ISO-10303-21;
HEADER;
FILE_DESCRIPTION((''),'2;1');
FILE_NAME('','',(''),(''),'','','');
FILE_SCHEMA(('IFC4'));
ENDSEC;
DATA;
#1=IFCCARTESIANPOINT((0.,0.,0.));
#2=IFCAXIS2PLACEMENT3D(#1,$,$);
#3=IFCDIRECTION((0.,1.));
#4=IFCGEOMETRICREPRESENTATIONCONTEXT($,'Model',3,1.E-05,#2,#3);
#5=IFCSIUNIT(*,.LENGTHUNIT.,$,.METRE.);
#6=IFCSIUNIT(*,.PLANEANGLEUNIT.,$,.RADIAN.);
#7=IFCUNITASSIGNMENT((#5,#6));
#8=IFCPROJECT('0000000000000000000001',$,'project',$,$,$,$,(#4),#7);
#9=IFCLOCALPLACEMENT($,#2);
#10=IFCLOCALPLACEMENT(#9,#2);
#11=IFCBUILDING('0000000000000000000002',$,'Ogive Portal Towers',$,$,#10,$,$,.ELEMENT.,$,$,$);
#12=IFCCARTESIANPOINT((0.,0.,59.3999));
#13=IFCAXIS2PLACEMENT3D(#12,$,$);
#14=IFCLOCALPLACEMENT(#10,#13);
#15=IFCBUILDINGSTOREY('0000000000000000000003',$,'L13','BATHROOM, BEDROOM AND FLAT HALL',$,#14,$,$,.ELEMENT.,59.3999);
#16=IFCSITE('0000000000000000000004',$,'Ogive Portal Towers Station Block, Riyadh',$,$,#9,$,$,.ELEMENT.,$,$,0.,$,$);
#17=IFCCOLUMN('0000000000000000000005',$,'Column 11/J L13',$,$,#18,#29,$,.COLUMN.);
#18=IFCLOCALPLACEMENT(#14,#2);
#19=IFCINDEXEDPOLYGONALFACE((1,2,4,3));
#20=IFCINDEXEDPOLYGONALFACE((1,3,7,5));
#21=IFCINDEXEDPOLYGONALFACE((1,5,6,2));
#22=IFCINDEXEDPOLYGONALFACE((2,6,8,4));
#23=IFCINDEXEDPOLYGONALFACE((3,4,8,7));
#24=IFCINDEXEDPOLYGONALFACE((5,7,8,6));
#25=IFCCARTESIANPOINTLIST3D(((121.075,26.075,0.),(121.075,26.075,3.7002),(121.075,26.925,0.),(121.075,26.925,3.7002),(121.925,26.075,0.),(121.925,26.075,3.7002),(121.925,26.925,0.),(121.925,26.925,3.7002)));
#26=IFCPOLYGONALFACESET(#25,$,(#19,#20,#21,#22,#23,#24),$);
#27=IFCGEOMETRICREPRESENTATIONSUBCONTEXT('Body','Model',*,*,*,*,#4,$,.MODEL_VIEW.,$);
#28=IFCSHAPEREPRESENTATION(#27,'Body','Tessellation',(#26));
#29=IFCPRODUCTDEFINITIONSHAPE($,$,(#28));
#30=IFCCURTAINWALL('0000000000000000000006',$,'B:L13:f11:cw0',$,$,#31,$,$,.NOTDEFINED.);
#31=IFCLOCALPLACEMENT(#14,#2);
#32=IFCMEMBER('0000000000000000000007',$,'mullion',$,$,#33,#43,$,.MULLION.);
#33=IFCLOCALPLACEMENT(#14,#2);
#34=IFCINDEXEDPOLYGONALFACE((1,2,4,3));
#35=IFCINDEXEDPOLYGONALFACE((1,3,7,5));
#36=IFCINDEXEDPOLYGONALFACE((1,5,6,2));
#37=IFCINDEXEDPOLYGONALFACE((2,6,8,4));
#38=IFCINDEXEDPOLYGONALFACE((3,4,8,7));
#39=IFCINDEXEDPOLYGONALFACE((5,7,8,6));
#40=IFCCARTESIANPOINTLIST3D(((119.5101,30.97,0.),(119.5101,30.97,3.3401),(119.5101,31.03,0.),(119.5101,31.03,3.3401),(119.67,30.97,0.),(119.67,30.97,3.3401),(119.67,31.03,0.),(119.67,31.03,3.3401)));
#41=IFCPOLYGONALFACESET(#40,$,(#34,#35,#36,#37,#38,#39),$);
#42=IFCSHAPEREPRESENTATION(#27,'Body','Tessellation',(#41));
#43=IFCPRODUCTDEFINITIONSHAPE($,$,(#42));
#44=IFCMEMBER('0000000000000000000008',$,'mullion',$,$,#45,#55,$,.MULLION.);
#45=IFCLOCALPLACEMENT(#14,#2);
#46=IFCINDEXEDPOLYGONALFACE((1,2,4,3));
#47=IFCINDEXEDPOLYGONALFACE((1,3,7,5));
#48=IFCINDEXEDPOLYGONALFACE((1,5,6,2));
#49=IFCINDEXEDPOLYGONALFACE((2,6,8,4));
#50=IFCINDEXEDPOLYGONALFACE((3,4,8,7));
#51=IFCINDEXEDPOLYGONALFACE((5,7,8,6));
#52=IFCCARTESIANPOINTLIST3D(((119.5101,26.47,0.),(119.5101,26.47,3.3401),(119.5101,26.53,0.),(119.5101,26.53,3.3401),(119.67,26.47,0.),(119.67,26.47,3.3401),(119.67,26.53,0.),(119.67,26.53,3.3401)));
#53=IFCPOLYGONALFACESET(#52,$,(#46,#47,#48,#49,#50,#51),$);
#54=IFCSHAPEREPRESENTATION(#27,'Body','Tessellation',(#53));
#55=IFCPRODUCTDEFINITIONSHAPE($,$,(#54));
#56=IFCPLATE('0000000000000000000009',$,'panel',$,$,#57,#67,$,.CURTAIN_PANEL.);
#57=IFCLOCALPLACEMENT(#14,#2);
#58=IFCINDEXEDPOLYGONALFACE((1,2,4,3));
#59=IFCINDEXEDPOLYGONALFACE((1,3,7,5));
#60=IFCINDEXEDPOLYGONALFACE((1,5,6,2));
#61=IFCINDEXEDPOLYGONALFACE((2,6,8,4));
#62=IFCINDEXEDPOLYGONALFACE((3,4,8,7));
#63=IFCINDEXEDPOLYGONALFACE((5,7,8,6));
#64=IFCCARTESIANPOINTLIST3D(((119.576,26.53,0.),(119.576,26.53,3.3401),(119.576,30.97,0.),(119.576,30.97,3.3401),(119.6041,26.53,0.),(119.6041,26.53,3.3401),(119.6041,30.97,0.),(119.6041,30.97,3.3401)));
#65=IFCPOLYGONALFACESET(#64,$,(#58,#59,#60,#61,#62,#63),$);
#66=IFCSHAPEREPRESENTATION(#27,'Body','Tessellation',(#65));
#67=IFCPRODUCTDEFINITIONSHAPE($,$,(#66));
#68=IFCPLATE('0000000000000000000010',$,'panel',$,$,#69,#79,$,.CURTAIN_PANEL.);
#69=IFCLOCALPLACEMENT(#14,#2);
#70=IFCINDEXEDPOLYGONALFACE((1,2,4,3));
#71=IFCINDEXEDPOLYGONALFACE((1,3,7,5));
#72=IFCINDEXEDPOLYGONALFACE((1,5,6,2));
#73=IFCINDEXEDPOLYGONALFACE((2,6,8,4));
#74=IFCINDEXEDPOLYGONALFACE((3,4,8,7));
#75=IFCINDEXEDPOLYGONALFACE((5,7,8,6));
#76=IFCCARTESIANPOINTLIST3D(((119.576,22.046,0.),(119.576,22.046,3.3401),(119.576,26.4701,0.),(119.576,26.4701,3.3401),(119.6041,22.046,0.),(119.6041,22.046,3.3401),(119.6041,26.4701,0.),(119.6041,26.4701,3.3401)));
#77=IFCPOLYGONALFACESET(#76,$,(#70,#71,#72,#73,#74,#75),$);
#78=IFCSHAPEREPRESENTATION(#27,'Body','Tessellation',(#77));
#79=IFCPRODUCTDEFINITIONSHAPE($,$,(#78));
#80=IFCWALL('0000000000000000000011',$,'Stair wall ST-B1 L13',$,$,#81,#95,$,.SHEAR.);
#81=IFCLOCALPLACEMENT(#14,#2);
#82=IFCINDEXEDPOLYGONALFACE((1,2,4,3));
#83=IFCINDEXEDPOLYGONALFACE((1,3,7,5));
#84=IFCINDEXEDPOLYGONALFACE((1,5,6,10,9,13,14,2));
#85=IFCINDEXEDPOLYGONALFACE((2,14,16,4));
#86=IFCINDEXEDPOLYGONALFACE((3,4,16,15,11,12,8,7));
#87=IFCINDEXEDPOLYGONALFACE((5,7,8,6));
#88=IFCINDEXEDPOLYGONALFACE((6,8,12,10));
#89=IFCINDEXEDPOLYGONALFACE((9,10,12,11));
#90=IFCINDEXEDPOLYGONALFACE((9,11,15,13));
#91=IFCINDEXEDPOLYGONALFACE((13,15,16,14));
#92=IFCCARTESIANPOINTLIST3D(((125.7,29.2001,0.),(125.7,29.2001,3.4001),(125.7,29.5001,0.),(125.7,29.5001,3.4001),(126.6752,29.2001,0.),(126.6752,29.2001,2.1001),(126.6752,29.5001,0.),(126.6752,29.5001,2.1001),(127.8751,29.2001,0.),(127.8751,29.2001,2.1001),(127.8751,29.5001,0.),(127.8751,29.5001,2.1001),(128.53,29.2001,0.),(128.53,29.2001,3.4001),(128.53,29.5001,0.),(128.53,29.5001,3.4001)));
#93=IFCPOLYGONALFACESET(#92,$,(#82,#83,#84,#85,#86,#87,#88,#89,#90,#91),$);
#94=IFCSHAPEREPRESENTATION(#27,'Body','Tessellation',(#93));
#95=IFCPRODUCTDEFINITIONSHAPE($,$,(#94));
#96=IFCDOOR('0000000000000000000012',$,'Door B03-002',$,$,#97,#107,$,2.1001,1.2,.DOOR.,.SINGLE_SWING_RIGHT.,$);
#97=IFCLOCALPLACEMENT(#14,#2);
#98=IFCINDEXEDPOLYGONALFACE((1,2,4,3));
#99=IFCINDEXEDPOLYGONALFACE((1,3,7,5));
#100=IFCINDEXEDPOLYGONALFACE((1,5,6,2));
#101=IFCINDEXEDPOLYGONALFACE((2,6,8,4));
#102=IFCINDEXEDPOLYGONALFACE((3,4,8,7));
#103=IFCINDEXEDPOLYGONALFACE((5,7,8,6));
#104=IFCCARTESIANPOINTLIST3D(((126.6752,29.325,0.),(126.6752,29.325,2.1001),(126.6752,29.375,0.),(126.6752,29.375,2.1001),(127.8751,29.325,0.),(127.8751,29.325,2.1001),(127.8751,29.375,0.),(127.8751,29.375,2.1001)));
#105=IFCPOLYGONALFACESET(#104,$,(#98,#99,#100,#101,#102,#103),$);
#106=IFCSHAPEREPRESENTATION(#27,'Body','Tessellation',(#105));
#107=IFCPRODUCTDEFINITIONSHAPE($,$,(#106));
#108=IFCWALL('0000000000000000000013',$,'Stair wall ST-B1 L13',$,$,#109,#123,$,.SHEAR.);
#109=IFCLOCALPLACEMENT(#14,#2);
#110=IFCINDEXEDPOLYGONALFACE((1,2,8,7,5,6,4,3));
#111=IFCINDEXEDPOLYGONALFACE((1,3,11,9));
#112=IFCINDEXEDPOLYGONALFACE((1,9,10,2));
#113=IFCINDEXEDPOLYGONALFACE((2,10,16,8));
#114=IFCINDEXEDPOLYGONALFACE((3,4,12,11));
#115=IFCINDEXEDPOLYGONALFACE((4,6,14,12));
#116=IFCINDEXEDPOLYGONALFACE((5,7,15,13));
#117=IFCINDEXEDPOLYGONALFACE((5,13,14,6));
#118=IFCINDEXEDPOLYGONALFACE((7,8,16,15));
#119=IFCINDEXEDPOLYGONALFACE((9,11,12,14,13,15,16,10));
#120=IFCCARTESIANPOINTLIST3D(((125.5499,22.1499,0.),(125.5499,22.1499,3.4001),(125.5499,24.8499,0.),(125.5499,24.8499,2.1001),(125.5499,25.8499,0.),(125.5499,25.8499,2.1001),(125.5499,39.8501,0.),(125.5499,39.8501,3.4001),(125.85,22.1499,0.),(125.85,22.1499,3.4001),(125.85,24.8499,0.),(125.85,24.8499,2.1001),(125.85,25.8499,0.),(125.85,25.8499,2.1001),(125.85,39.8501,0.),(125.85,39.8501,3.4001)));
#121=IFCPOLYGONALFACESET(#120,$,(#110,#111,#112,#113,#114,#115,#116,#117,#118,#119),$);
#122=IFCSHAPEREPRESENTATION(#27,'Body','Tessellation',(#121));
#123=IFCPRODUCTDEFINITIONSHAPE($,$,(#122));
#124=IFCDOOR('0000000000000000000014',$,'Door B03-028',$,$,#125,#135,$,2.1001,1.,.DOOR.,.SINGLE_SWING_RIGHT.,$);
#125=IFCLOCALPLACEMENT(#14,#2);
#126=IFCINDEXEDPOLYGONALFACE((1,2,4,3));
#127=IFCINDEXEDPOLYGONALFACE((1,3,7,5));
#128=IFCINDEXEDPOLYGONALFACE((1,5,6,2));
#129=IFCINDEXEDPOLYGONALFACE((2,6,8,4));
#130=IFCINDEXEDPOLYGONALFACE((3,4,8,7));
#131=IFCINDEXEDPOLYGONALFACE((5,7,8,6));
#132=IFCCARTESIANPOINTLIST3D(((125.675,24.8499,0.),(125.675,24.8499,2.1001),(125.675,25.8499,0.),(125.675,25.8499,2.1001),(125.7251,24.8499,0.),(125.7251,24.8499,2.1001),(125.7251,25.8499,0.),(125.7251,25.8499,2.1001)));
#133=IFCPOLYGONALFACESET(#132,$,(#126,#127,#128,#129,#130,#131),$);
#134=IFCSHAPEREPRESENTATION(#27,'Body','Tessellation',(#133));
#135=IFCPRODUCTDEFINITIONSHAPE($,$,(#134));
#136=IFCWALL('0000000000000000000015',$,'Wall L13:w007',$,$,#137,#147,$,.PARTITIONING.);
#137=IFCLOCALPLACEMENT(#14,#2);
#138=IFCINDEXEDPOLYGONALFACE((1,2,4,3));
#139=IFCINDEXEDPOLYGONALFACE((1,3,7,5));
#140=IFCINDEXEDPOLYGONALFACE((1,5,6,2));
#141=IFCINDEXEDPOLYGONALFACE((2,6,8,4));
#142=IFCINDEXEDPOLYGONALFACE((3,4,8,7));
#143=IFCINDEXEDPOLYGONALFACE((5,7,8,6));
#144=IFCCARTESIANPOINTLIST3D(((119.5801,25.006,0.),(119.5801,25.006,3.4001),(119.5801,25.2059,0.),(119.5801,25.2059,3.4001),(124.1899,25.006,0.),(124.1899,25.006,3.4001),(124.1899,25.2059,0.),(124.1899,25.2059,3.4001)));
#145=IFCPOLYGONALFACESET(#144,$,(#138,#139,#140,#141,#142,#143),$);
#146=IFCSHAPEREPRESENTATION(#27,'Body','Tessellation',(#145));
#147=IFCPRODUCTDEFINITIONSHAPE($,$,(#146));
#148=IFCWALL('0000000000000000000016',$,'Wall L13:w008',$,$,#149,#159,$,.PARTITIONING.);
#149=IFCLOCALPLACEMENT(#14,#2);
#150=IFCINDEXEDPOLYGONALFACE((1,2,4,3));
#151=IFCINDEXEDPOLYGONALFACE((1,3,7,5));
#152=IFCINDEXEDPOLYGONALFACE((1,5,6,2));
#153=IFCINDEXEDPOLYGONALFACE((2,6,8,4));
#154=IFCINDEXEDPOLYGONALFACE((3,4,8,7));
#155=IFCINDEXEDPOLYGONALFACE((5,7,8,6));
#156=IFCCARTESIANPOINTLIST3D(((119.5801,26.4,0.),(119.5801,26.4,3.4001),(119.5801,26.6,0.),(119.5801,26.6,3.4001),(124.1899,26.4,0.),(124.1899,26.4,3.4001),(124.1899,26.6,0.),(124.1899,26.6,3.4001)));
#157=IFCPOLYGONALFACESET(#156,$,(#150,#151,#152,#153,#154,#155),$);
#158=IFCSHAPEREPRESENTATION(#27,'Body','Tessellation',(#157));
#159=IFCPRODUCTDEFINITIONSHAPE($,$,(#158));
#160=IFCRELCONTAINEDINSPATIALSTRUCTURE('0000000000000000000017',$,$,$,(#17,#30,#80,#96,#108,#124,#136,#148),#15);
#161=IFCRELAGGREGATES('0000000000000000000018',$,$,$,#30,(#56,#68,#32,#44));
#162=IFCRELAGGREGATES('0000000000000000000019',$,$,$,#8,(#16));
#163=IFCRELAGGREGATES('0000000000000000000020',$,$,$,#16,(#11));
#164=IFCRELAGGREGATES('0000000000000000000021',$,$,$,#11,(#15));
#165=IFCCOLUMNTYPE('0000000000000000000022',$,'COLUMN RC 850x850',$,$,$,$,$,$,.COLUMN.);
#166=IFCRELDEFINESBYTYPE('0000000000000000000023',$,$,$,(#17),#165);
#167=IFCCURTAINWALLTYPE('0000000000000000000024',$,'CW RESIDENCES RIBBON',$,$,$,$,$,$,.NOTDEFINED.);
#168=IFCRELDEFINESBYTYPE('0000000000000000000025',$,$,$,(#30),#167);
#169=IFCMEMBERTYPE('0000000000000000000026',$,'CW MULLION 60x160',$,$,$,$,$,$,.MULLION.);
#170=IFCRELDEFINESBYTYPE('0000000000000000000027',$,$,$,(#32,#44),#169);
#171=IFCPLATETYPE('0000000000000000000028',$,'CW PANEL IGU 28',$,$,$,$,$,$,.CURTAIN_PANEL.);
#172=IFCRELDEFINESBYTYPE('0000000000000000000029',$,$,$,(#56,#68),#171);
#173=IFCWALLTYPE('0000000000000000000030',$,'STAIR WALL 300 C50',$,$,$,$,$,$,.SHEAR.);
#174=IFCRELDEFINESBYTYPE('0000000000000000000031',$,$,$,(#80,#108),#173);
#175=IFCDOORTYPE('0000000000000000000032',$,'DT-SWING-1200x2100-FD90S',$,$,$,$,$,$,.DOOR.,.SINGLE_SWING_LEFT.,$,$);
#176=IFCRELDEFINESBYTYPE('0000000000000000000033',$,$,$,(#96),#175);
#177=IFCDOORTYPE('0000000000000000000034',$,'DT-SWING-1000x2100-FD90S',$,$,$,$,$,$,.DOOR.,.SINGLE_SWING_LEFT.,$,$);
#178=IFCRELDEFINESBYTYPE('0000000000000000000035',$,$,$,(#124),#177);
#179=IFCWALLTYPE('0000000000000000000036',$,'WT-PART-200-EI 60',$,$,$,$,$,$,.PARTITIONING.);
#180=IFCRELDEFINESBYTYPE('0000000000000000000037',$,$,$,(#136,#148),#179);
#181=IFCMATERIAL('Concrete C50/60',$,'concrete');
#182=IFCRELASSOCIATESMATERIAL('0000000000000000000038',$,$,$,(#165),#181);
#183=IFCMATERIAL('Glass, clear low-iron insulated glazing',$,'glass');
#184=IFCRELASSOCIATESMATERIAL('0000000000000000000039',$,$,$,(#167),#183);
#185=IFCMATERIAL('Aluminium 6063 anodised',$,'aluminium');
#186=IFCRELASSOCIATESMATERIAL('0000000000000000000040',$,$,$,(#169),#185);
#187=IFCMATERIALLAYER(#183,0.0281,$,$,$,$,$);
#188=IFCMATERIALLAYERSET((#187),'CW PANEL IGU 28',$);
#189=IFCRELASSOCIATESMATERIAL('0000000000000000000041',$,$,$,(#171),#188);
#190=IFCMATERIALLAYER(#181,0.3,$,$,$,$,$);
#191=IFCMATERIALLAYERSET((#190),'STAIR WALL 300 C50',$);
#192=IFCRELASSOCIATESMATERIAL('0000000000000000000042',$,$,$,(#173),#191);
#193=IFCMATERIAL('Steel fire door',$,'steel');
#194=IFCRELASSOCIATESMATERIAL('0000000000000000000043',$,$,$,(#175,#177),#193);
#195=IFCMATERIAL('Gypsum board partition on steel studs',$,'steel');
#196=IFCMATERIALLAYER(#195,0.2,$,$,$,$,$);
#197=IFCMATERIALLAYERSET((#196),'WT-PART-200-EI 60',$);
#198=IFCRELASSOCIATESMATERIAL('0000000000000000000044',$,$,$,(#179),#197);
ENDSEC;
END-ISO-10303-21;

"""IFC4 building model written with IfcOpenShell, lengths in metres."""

from ifc_helpers import new_model, si_unit, direction, frame, frame_2d, origin, origin_2d, place, context, subcontext, project, spatial, rectangle, extrude, material, layer, layer_set, material_profile, profile_set, type_object, element, fill, aggregate, save


model = new_model("IFC4")

# Units and contexts
model_context = context("Model", 3, precision=1e-05, world=origin(), true_north=direction((0.0, 1.0)))
body_context = subcontext(model_context, "Body", "Model", "MODEL_VIEW")
ifc_project = project(units=[si_unit("LENGTHUNIT", "METRE"), si_unit("PLANEANGLEUNIT", "RADIAN")], contexts=[model_context])

# Site, building, storey
site_placement = place(None, origin())
site = spatial("IfcSite", under=ifc_project, at=site_placement, Name="Ogive Portal Towers Station Block, Riyadh", CompositionType="ELEMENT", RefElevation=0.0)
building_placement = place(site_placement, origin())
building = spatial("IfcBuilding", under=site, at=building_placement, Name="Ogive Portal Towers", CompositionType="ELEMENT")
storey_placement = place(building_placement, frame((0.0, 0.0, 59.3999)))
storey = spatial("IfcBuildingStorey", under=building, at=storey_placement, Name="L13", Description="BATHROOM, BEDROOM AND FLAT HALL", CompositionType="ELEMENT", Elevation=59.3999)

# Column
ifc_material_1 = material(Name="Concrete C50/60", Category="concrete")
ifc_material_profile_1 = material_profile(ifc_material_1, rectangle(XDim=0.8501, YDim=0.8501, at=origin_2d()), Name="RC 850x850")
ifc_profile_set_1 = profile_set([ifc_material_profile_1], Name="Concrete C50/60")
column_type = type_object("IfcColumnType", Name="COLUMN RC 850x850", PredefinedType="COLUMN", material=ifc_profile_set_1)
column_placement = place(storey_placement, frame((121.5, 26.5, 0.0), z_axis=(0.0, 0.0, 1.0), x_axis=(1.0, 0.0, 0.0)))
element("IfcColumn", 1, at=column_placement, inside=storey, type_object=column_type, Name="Column 11/J L13", PredefinedType="COLUMN", context=body_context, shape_type="SweptSolid", body=[
    extrude(rectangle(XDim=0.8501, YDim=0.8501, at=origin_2d()), origin(), (0.0, 0.0, 1.0), 3.7002),
])

# Curtain wall, members, plates
ifc_material_2 = material(Name="Glass, clear low-iron insulated glazing", Category="glass")
curtain_wall_type = type_object("IfcCurtainWallType", Name="CW RESIDENCES RIBBON", PredefinedType="NOTDEFINED", material=ifc_material_2)
curtain_wall_placement = place(storey_placement, origin())
curtain_wall = element("IfcCurtainWall", 2, at=curtain_wall_placement, inside=storey, type_object=curtain_wall_type, Name="B:L13:f11:cw0", PredefinedType="NOTDEFINED")
ifc_material_3 = material(Name="Aluminium 6063 anodised", Category="aluminium")
ifc_material_profile_2 = material_profile(ifc_material_3, rectangle(XDim=0.1599, YDim=0.0601, at=origin_2d()), Name="AL 60x160")
ifc_profile_set_2 = profile_set([ifc_material_profile_2], Name="Aluminium 6063 anodised")
member_type = type_object("IfcMemberType", Name="CW MULLION 60x160", PredefinedType="MULLION", material=ifc_profile_set_2)
member_1_placement = place(storey_placement, frame((119.5901, 31.0, 0.0), z_axis=(0.0, 0.0, 1.0), x_axis=(1.0, 0.0, 0.0)))
member_1 = element("IfcMember", 3, at=member_1_placement, type_object=member_type, Name="mullion", PredefinedType="MULLION", context=body_context, shape_type="SweptSolid", body=[
    extrude(rectangle(XDim=0.1599, YDim=0.0601, at=origin_2d()), origin(), (0.0, 0.0, 1.0), 3.3401),
])
member_2_placement = place(storey_placement, frame((119.5901, 26.5, 0.0), z_axis=(0.0, 0.0, 1.0), x_axis=(1.0, 0.0, 0.0)))
member_2 = element("IfcMember", 4, at=member_2_placement, type_object=member_type, Name="mullion", PredefinedType="MULLION", context=body_context, shape_type="SweptSolid", body=[
    extrude(rectangle(XDim=0.1599, YDim=0.0601, at=origin_2d()), origin(), (0.0, 0.0, 1.0), 3.3401),
])
ifc_layer_1 = layer(ifc_material_2, 0.0281)
ifc_layer_set_1 = layer_set([ifc_layer_1], Name="CW PANEL IGU 28")
plate_type = type_object("IfcPlateType", Name="CW PANEL IGU 28", PredefinedType="CURTAIN_PANEL", material=ifc_layer_set_1)
plate_1_placement = place(storey_placement, frame((119.5901, 28.75, 0.0), z_axis=(0.0, 0.0, 1.0), x_axis=(0.0, -1.0, 0.0)))
plate_1 = element("IfcPlate", 5, at=plate_1_placement, type_object=plate_type, Name="panel", PredefinedType="CURTAIN_PANEL", context=body_context, shape_type="SweptSolid", body=[
    extrude(rectangle(XDim=4.4399, YDim=0.0281, at=origin_2d()), origin(), (0.0, 0.0, 1.0), 3.3401),
])
plate_2_placement = place(storey_placement, frame((119.5901, 24.2581, 0.0), z_axis=(0.0, 0.0, 1.0), x_axis=(0.0, -1.0, 0.0)))
plate_2 = element("IfcPlate", 6, at=plate_2_placement, type_object=plate_type, Name="panel", PredefinedType="CURTAIN_PANEL", context=body_context, shape_type="SweptSolid", body=[
    extrude(rectangle(XDim=4.4241, YDim=0.0281, at=origin_2d()), origin(), (0.0, 0.0, 1.0), 3.3401),
])
aggregate(curtain_wall, [plate_1, plate_2, member_1, member_2])

# Walls, openings, doors
ifc_layer_2 = layer(ifc_material_1, 0.3)
ifc_layer_set_2 = layer_set([ifc_layer_2], Name="STAIR WALL 300 C50")
wall_type_1 = type_object("IfcWallType", Name="STAIR WALL 300 C50", PredefinedType="SHEAR", material=ifc_layer_set_2)
wall_1_placement = place(storey_placement, frame((125.7, 29.3501, 0.0), z_axis=(0.0, 0.0, 1.0), x_axis=(1.0, 0.0, 0.0)))
wall_1 = element("IfcWall", 7, at=wall_1_placement, inside=storey, type_object=wall_type_1, Name="Stair wall ST-B1 L13", PredefinedType="SHEAR", context=body_context, shape_type="SweptSolid", body=[
    extrude(rectangle(XDim=2.8301, YDim=0.3, at=frame_2d((1.415, 0.0))), origin(), (0.0, 0.0, 1.0), 3.4001),
])
opening_1_placement = place(wall_1_placement, frame((0.9751, 0.0, 0.0)))
opening_1 = element("IfcOpeningElement", 8, at=opening_1_placement, cuts=wall_1, PredefinedType="OPENING", context=body_context, shape_type="SweptSolid", body=[
    extrude(rectangle(XDim=1.2, YDim=2.1001, at=frame_2d((0.6001, 1.05))), frame((0.0, 0.1602, 0.0), z_axis=(0.0, -1.0, 0.0), x_axis=(1.0, 0.0, 0.0)), (0.0, 0.0, 1.0), 0.3201),
])
ifc_material_4 = material(Name="Steel fire door", Category="steel")
door_type_1 = type_object("IfcDoorType", Name="DT-SWING-1200x2100-FD90S", OperationType="SINGLE_SWING_LEFT", PredefinedType="DOOR", material=ifc_material_4)
door_1_placement = place(opening_1_placement, origin())
door_1 = element("IfcDoor", 9, at=door_1_placement, inside=storey, type_object=door_type_1, Name="Door B03-002", OperationType="SINGLE_SWING_RIGHT", OverallHeight=2.1001, OverallWidth=1.2, PredefinedType="DOOR", context=body_context, shape_type="SweptSolid", body=[
    extrude(rectangle(XDim=1.2, YDim=2.1001, at=frame_2d((0.6001, 1.05))), frame((0.0, 0.0249, 0.0), z_axis=(0.0, -1.0, 0.0), x_axis=(1.0, 0.0, 0.0)), (0.0, 0.0, 1.0), 0.05),
])
fill(opening_1, door_1)
wall_2_placement = place(storey_placement, frame((125.7, 22.1499, 0.0), z_axis=(0.0, 0.0, 1.0), x_axis=(0.0, 1.0, 0.0)))
wall_2 = element("IfcWall", 10, at=wall_2_placement, inside=storey, type_object=wall_type_1, Name="Stair wall ST-B1 L13", PredefinedType="SHEAR", context=body_context, shape_type="SweptSolid", body=[
    extrude(rectangle(XDim=17.7002, YDim=0.3, at=frame_2d((8.8501, 0.0))), origin(), (0.0, 0.0, 1.0), 3.4001),
])
opening_2_placement = place(wall_2_placement, frame((2.7, 0.0, 0.0)))
opening_2 = element("IfcOpeningElement", 11, at=opening_2_placement, cuts=wall_2, PredefinedType="OPENING", context=body_context, shape_type="SweptSolid", body=[
    extrude(rectangle(XDim=1.0, YDim=2.1001, at=frame_2d((0.5, 1.05))), frame((0.0, 0.1602, 0.0), z_axis=(0.0, -1.0, 0.0), x_axis=(1.0, 0.0, 0.0)), (0.0, 0.0, 1.0), 0.3201),
])
door_type_2 = type_object("IfcDoorType", Name="DT-SWING-1000x2100-FD90S", OperationType="SINGLE_SWING_LEFT", PredefinedType="DOOR", material=ifc_material_4)
door_2_placement = place(opening_2_placement, origin())
door_2 = element("IfcDoor", 12, at=door_2_placement, inside=storey, type_object=door_type_2, Name="Door B03-028", OperationType="SINGLE_SWING_RIGHT", OverallHeight=2.1001, OverallWidth=1.0, PredefinedType="DOOR", context=body_context, shape_type="SweptSolid", body=[
    extrude(rectangle(XDim=1.0, YDim=2.1001, at=frame_2d((0.5, 1.05))), frame((0.0, 0.0249, 0.0), z_axis=(0.0, -1.0, 0.0), x_axis=(1.0, 0.0, 0.0)), (0.0, 0.0, 1.0), 0.05),
])
fill(opening_2, door_2)

# Walls
ifc_material_5 = material(Name="Gypsum board partition on steel studs", Category="steel")
ifc_layer_3 = layer(ifc_material_5, 0.2)
ifc_layer_set_3 = layer_set([ifc_layer_3], Name="WT-PART-200-EI 60")
wall_type_2 = type_object("IfcWallType", Name="WT-PART-200-EI 60", PredefinedType="PARTITIONING", material=ifc_layer_set_3)
for number, where, z_axis, x_axis, name in (
    (13, (119.5801, 25.106, 0.0), (0.0, 0.0, 1.0), (1.0, 0.0, 0.0), "Wall L13:w007"),
    (14, (119.5801, 26.5, 0.0), (0.0, 0.0, 1.0), (1.0, 0.0, 0.0), "Wall L13:w008"),
):
    element("IfcWall", number, at=place(storey_placement, frame(where, z_axis=z_axis, x_axis=x_axis)), inside=storey, type_object=wall_type_2, Name=name, PredefinedType="PARTITIONING", context=body_context, shape_type="SweptSolid", body=[
        extrude(rectangle(XDim=4.6099, YDim=0.2, at=frame_2d((2.3049, 0.0))), origin(), (0.0, 0.0, 1.0), 3.4001),
    ])

save(model, "model.ifc")
